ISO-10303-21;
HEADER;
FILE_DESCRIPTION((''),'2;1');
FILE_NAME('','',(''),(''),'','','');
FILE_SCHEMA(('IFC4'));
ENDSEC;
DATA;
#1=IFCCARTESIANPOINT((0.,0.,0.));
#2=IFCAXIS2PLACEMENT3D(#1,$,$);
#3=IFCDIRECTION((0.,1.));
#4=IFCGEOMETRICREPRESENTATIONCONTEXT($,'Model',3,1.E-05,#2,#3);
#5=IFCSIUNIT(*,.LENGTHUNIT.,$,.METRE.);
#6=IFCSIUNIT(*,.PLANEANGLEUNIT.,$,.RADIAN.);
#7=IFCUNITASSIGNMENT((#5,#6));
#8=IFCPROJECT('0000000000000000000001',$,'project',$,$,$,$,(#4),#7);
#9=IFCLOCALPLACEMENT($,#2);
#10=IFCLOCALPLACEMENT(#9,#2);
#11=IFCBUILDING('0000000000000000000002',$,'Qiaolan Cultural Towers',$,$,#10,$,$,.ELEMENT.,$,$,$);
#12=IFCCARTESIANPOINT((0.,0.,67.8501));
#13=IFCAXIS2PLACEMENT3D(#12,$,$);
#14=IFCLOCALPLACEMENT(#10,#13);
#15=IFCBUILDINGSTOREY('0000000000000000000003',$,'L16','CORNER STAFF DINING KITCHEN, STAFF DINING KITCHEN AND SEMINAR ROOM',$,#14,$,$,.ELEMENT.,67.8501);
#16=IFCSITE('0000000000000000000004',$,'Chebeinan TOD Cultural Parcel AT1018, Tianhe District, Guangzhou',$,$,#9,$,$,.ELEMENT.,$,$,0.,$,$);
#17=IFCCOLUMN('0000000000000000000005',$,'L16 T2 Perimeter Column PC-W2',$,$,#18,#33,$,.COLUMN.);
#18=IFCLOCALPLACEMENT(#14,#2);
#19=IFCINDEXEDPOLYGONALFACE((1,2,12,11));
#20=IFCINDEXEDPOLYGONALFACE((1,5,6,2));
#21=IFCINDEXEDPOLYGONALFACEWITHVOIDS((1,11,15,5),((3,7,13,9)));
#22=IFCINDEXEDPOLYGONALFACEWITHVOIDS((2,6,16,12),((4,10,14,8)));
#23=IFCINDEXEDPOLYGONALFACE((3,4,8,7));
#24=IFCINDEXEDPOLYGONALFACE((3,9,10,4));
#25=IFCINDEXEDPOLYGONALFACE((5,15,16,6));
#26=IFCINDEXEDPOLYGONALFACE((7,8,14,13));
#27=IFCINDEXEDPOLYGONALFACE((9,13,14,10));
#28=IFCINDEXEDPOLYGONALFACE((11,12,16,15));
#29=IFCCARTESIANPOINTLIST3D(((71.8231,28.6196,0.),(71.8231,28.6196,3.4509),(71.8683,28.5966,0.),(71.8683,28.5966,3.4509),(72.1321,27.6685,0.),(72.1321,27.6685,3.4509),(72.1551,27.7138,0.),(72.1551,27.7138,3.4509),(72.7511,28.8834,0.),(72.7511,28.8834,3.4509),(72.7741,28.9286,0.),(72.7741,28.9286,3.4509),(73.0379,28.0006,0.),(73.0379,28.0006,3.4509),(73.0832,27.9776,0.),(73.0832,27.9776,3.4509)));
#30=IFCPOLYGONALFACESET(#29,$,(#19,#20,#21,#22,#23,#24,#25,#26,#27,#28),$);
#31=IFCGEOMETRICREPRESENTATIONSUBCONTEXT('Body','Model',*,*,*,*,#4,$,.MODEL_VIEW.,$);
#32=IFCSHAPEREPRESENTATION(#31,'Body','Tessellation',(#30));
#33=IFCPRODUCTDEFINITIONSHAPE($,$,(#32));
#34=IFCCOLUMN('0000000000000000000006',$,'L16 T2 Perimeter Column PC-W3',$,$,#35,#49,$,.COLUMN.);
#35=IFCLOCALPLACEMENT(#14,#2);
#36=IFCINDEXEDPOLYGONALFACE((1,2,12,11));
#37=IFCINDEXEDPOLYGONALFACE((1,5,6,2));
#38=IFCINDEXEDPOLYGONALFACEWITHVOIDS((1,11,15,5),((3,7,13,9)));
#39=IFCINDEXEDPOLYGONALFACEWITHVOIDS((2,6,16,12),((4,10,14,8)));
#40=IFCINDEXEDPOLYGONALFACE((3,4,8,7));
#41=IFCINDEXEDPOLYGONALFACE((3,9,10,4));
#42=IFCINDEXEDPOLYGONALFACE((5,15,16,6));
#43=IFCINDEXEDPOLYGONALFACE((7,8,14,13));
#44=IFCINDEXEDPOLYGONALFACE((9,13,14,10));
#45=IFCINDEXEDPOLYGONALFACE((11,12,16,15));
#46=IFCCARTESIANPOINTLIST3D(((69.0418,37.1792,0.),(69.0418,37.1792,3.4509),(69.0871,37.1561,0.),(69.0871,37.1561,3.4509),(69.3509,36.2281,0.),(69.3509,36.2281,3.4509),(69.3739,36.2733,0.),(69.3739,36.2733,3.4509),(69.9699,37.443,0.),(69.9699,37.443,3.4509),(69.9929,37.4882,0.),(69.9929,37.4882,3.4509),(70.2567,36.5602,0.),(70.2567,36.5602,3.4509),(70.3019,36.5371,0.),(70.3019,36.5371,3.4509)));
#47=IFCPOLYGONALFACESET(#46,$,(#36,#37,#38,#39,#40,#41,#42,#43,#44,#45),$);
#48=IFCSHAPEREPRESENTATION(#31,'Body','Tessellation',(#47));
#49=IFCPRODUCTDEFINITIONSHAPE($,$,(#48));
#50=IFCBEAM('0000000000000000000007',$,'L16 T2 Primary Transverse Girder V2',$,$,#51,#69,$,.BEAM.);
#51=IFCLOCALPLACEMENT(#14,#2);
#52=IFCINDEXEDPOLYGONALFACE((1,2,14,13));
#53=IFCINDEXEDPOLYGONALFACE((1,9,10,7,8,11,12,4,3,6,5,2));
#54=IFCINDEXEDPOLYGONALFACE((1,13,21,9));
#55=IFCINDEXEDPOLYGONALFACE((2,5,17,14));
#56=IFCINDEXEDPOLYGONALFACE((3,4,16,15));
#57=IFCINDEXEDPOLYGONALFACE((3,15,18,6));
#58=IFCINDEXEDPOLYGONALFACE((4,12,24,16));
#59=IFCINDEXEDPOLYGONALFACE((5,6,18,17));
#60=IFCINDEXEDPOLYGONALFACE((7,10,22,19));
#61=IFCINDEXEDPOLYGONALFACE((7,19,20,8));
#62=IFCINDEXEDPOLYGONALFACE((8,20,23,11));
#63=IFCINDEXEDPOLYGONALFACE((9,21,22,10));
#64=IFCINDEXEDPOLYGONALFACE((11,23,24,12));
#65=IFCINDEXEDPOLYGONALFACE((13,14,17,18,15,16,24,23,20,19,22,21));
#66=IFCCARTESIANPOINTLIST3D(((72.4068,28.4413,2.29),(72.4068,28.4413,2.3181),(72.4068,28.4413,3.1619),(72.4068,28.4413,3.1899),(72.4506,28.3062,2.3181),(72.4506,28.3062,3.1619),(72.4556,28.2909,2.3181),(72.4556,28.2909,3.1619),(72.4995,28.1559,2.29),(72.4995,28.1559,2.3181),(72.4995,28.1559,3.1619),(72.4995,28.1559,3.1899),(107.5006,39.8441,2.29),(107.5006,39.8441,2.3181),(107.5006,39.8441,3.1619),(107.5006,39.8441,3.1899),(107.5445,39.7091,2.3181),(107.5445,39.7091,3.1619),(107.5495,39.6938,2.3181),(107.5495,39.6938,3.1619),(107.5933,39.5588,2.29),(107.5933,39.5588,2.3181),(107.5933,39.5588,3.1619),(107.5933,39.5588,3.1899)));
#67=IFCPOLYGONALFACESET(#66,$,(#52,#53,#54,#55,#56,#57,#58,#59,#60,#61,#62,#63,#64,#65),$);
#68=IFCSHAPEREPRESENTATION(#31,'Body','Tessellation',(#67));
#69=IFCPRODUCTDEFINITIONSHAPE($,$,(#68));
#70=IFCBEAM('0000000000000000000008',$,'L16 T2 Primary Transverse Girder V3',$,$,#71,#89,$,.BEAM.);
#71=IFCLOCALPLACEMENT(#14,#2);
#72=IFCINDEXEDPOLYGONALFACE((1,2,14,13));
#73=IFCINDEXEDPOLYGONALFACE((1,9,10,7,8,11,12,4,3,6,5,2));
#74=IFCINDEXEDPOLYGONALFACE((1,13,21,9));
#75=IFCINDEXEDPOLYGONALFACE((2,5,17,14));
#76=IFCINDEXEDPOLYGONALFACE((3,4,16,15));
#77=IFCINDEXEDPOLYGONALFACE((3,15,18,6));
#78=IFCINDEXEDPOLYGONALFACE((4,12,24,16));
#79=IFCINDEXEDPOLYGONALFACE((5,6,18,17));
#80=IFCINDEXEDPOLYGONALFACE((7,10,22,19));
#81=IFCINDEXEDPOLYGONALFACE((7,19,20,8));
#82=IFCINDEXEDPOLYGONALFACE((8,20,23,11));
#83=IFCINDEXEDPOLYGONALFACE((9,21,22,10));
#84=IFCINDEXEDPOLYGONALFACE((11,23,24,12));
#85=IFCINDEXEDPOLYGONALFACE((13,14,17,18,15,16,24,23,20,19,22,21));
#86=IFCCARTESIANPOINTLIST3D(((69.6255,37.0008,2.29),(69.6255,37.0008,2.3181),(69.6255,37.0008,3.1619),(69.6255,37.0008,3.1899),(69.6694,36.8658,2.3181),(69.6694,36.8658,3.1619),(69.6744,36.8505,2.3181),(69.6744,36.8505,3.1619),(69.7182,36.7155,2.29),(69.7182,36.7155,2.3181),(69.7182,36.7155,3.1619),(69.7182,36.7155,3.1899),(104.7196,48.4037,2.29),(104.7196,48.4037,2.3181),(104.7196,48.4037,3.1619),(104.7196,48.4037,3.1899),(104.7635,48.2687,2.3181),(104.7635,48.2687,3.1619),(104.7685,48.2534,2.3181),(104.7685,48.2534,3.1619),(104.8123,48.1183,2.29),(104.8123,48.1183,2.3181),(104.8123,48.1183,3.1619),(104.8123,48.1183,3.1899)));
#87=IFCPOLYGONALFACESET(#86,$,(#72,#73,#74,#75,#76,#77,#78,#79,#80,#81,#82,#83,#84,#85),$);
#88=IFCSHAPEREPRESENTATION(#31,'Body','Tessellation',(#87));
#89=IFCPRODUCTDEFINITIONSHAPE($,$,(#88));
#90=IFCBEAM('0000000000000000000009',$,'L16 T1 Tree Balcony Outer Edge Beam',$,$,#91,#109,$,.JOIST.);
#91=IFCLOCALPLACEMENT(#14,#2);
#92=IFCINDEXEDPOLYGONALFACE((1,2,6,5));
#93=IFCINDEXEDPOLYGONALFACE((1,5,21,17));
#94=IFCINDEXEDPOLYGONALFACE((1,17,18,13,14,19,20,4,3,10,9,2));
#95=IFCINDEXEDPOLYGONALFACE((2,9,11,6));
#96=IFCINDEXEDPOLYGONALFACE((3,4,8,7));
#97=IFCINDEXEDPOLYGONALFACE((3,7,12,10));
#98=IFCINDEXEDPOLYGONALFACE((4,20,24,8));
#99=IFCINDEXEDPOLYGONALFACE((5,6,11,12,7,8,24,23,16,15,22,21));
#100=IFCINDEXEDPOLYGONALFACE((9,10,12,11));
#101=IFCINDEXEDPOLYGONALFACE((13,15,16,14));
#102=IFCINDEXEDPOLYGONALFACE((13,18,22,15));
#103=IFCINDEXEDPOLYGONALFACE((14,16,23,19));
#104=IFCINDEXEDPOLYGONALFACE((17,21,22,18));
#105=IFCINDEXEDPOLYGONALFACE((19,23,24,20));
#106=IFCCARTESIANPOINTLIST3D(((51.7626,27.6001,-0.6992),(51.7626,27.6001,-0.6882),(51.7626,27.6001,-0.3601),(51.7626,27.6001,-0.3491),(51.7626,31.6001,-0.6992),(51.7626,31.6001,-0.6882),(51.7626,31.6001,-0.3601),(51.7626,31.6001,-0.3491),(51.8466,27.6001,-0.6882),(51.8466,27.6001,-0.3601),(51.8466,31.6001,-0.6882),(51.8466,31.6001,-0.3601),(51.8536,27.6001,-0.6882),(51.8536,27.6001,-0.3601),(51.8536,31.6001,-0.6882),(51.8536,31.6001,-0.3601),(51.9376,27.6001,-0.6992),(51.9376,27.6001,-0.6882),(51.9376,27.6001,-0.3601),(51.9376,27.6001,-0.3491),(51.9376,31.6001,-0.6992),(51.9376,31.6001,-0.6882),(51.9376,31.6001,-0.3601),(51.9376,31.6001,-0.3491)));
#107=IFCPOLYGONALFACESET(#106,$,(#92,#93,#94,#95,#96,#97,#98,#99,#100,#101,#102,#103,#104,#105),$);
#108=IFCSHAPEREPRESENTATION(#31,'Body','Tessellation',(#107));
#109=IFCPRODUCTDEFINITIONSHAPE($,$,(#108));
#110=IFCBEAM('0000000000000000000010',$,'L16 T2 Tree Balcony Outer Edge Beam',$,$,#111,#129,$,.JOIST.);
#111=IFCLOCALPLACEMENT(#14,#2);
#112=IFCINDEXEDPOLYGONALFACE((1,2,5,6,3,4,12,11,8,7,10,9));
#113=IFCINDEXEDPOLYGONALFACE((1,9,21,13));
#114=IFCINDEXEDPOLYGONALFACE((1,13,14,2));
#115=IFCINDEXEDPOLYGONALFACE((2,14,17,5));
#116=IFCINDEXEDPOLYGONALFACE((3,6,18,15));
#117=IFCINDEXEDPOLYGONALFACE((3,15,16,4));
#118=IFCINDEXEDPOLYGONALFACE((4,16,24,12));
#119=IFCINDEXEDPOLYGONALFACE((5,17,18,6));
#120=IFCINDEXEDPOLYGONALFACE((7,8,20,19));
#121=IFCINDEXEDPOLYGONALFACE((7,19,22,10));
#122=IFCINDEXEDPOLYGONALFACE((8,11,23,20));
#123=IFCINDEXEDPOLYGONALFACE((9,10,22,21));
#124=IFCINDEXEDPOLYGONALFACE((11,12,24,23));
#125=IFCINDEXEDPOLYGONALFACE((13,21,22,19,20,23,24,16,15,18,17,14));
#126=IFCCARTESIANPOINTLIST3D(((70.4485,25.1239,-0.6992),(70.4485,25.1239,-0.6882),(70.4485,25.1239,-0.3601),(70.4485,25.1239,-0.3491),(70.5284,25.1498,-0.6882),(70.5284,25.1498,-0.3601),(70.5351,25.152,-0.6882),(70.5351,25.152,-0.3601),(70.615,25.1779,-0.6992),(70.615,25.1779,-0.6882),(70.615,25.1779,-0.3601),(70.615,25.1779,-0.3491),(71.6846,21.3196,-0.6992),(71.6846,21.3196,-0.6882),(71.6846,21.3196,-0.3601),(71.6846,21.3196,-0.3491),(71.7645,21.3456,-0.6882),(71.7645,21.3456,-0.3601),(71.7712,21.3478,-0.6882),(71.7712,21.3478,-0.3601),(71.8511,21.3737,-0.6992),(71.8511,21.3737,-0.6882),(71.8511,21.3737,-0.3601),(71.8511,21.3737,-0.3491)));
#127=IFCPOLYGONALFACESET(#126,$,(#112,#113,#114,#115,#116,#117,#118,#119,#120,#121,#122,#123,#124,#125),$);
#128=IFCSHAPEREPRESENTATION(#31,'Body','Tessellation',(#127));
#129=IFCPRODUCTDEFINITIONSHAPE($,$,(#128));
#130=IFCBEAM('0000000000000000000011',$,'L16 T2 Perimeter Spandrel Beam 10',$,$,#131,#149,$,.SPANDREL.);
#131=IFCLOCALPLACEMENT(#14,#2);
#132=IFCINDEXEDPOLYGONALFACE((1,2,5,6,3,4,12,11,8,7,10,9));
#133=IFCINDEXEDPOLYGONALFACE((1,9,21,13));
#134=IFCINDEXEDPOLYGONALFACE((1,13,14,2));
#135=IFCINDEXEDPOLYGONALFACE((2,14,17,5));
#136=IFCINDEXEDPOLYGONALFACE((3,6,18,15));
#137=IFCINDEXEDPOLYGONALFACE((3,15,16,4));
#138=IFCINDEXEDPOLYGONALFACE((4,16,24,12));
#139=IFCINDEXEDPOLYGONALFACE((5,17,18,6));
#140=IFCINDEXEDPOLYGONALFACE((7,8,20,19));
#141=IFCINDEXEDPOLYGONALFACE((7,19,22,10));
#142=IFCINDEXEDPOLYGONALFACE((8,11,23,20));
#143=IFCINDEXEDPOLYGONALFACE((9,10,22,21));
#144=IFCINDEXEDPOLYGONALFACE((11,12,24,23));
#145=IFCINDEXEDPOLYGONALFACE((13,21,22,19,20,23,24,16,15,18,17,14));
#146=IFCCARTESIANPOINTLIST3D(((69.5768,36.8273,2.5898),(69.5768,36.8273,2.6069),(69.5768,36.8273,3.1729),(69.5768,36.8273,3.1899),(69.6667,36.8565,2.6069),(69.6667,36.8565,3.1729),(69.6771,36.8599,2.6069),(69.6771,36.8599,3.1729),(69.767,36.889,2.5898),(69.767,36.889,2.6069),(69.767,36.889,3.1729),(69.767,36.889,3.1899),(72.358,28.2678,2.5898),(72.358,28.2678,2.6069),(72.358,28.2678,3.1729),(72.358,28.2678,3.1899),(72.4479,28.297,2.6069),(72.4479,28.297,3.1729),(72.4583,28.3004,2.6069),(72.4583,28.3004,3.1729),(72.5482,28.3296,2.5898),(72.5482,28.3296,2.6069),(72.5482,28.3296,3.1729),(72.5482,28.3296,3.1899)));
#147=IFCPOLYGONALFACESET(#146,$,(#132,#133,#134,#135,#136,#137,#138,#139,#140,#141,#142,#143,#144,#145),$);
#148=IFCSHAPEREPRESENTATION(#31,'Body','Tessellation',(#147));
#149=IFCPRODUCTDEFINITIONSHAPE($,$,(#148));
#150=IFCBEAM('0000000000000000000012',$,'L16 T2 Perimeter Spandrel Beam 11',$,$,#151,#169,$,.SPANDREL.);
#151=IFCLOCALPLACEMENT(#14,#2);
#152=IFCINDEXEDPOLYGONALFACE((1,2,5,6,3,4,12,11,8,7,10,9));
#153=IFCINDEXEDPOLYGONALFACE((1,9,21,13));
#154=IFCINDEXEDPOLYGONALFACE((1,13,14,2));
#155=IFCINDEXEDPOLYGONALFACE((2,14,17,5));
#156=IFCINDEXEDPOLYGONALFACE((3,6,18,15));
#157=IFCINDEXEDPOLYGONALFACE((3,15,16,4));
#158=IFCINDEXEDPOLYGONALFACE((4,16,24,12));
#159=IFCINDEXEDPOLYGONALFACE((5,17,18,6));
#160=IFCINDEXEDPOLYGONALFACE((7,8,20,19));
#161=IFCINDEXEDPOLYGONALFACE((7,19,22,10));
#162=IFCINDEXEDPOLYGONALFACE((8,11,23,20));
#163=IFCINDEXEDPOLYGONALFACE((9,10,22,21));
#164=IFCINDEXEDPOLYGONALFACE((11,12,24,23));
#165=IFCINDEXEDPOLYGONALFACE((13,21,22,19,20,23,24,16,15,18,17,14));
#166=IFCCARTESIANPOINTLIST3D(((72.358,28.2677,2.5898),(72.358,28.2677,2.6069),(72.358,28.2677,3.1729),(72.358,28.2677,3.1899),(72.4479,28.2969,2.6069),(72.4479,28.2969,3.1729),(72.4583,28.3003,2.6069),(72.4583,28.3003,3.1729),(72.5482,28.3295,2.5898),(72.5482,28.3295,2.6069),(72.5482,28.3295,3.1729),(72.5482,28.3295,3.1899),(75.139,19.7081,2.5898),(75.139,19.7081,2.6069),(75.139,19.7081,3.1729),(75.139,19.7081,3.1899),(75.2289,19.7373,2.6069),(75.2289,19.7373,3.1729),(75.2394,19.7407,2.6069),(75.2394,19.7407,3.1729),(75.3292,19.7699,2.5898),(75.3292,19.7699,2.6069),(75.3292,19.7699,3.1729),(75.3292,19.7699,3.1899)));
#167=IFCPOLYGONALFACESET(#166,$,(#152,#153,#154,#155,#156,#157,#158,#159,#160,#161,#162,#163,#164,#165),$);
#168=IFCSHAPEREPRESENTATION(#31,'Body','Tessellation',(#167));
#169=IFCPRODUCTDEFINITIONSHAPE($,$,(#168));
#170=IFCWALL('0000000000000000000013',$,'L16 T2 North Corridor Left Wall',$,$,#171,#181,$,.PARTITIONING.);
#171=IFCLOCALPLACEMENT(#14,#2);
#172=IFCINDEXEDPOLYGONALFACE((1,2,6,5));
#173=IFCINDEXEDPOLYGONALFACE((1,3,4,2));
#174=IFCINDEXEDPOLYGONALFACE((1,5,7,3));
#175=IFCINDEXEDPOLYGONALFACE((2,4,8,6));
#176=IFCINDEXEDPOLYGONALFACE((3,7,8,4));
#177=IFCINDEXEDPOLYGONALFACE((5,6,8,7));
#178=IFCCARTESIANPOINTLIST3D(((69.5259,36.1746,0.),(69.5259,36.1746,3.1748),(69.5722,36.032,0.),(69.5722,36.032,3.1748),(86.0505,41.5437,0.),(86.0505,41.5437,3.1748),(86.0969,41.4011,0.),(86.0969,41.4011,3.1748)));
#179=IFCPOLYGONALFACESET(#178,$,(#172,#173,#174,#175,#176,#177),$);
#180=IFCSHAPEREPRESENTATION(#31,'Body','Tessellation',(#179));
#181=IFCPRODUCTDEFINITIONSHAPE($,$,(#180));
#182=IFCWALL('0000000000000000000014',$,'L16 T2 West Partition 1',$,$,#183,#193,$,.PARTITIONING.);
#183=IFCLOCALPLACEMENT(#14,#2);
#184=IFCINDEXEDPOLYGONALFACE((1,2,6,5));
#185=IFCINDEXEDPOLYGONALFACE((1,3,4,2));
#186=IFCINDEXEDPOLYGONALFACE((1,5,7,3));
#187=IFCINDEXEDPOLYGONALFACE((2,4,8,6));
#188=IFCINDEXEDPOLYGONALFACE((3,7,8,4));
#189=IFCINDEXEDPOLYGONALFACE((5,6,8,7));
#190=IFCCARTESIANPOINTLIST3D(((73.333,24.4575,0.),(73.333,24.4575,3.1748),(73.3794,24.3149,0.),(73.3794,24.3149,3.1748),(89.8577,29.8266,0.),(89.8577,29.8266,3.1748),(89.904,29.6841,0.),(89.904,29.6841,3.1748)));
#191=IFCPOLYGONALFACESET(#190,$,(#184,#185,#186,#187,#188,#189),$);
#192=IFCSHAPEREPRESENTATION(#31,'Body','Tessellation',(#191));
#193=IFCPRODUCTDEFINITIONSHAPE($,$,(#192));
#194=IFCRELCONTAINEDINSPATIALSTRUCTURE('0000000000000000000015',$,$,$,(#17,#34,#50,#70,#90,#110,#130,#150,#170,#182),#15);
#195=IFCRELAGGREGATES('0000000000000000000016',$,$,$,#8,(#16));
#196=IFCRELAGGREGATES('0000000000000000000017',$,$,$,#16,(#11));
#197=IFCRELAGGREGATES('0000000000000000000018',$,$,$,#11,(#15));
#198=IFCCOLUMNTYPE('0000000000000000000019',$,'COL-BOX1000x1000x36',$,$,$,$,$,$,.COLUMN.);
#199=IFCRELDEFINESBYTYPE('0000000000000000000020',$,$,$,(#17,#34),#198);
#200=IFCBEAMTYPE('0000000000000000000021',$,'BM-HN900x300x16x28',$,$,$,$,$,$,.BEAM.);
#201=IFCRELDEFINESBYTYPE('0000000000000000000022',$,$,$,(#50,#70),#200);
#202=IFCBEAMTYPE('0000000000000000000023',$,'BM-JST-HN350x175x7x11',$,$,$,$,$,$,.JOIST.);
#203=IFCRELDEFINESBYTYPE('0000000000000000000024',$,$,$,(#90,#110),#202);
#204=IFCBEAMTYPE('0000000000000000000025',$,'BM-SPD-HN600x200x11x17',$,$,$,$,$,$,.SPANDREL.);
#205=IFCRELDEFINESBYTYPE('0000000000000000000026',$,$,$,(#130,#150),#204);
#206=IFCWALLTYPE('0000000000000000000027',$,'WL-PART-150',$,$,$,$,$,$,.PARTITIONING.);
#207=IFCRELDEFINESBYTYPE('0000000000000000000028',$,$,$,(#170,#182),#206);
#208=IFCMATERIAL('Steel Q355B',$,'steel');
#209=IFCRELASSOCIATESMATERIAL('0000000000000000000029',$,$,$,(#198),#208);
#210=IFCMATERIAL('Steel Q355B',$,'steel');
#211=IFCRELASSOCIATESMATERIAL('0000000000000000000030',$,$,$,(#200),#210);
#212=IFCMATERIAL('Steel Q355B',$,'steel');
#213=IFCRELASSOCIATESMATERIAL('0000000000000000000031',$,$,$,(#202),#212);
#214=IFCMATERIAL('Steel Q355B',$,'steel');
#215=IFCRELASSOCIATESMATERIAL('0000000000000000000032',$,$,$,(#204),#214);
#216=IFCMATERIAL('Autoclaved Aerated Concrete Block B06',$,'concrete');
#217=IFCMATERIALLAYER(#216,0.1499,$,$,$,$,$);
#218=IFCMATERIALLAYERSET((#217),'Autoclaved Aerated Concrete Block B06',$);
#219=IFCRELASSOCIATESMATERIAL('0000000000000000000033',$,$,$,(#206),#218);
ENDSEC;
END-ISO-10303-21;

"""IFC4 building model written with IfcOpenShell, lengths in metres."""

from ifc_helpers import new_model, si_unit, direction, frame, frame_2d, origin, origin_2d, place, context, subcontext, project, spatial, rectangle, hollow_rectangle, i_section, extrude, material, layer, layer_set, material_profile, profile_set, type_object, element, save


model = new_model("IFC4")

# Units and contexts
model_context = context("Model", 3, precision=1e-05, world=origin(), true_north=direction((0.0, 1.0)))
body_context = subcontext(model_context, "Body", "Model", "MODEL_VIEW")
ifc_project = project(units=[si_unit("LENGTHUNIT", "METRE"), si_unit("PLANEANGLEUNIT", "RADIAN")], contexts=[model_context])

# Site, building, storey
site_placement = place(None, origin())
site = spatial("IfcSite", under=ifc_project, at=site_placement, Name="Chebeinan TOD Cultural Parcel AT1018, Tianhe District, Guangzhou", CompositionType="ELEMENT", RefElevation=0.0)
building_placement = place(site_placement, origin())
building = spatial("IfcBuilding", under=site, at=building_placement, Name="Qiaolan Cultural Towers", CompositionType="ELEMENT")
storey_placement = place(building_placement, frame((0.0, 0.0, 67.8501)))
storey = spatial("IfcBuildingStorey", under=building, at=storey_placement, Name="L16", Description="CORNER STAFF DINING KITCHEN, STAFF DINING KITCHEN AND SEMINAR ROOM", CompositionType="ELEMENT", Elevation=67.8501)

# Columns
ifc_material_1 = material(Name="Steel Q355B", Category="steel")
ifc_material_profile_1 = material_profile(ifc_material_1, hollow_rectangle(XDim=1.0, YDim=1.0, WallThickness=0.0359, at=origin_2d()), Name="BOX1000x1000x36")
ifc_profile_set_1 = profile_set([ifc_material_profile_1], Name="Steel Q355B")
column_type = type_object("IfcColumnType", Name="COL-BOX1000x1000x36", PredefinedType="COLUMN", material=ifc_profile_set_1)
for number, where, z_axis, x_axis, name in (
    (1, (72.4531, 28.2986, 0.0), (0.0, 0.0, 1.0), (0.951057, 0.309017, 0.0), "L16 T2 Perimeter Column PC-W2"),
    (2, (69.6719, 36.8582, 0.0), (0.0, 0.0, 1.0), (0.951057, 0.309017, 0.0), "L16 T2 Perimeter Column PC-W3"),
):
    element("IfcColumn", number, at=place(storey_placement, frame(where, z_axis=z_axis, x_axis=x_axis)), inside=storey, type_object=column_type, Name=name, PredefinedType="COLUMN", context=body_context, shape_type="SweptSolid", body=[
        extrude(hollow_rectangle(XDim=1.0, YDim=1.0, WallThickness=0.0359, at=origin_2d()), origin(), (0.0, 0.0, 1.0), 3.4509),
    ])

# Beams
ifc_material_2 = material(Name="Steel Q355B", Category="steel")
ifc_material_profile_2 = material_profile(ifc_material_2, i_section(OverallWidth=0.3, OverallDepth=0.8999, WebThickness=0.0161, FlangeThickness=0.0281, at=origin_2d()), Name="HN900x300x16x28")
ifc_profile_set_2 = profile_set([ifc_material_profile_2], Name="Steel Q355B")
beam_type_1 = type_object("IfcBeamType", Name="BM-HN900x300x16x28", PredefinedType="BEAM", material=ifc_profile_set_2)
beam_1_placement = place(storey_placement, frame((72.4531, 28.2986, 2.74), z_axis=(0.951055, 0.309021, 0.0), x_axis=(-0.309021, 0.951055, 0.0)))
element("IfcBeam", 3, at=beam_1_placement, inside=storey, type_object=beam_type_1, Name="L16 T2 Primary Transverse Girder V2", PredefinedType="BEAM", context=body_context, shape_type="SweptSolid", body=[
    extrude(i_section(OverallWidth=0.3, OverallDepth=0.8999, WebThickness=0.0161, FlangeThickness=0.0281, at=origin_2d()), origin(), (0.0, 0.0, 1.0), 36.8999),
])
beam_2_placement = place(storey_placement, frame((69.6719, 36.8582, 2.74), z_axis=(0.951056, 0.309019, 0.0), x_axis=(-0.309019, 0.951056, 0.0)))
element("IfcBeam", 4, at=beam_2_placement, inside=storey, type_object=beam_type_1, Name="L16 T2 Primary Transverse Girder V3", PredefinedType="BEAM", context=body_context, shape_type="SweptSolid", body=[
    extrude(i_section(OverallWidth=0.3, OverallDepth=0.8999, WebThickness=0.0161, FlangeThickness=0.0281, at=origin_2d()), origin(), (0.0, 0.0, 1.0), 36.9001),
])
ifc_material_3 = material(Name="Steel Q355B", Category="steel")
ifc_material_profile_3 = material_profile(ifc_material_3, i_section(OverallWidth=0.175, OverallDepth=0.3501, WebThickness=0.0071, FlangeThickness=0.011, at=origin_2d()), Name="HN350x175x7x11")
ifc_profile_set_3 = profile_set([ifc_material_profile_3], Name="Steel Q355B")
beam_type_2 = type_object("IfcBeamType", Name="BM-JST-HN350x175x7x11", PredefinedType="JOIST", material=ifc_profile_set_3)
for number, where, z_axis, x_axis, name in (
    (5, (51.8501, 27.6001, -0.5242), (0.0, 1.0, 0.0), (-1.0, 0.0, 0.0), "L16 T1 Tree Balcony Outer Edge Beam"),
    (6, (71.7678, 21.3467, -0.5242), (-0.309023, 0.951055, 0.0), (-0.951055, -0.309023, 0.0), "L16 T2 Tree Balcony Outer Edge Beam"),
):
    element("IfcBeam", number, at=place(storey_placement, frame(where, z_axis=z_axis, x_axis=x_axis)), inside=storey, type_object=beam_type_2, Name=name, PredefinedType="JOIST", context=body_context, shape_type="SweptSolid", body=[
        extrude(i_section(OverallWidth=0.175, OverallDepth=0.3501, WebThickness=0.0071, FlangeThickness=0.011, at=origin_2d()), origin(), (0.0, 0.0, 1.0), 4.0),
    ])
ifc_material_4 = material(Name="Steel Q355B", Category="steel")
ifc_material_profile_4 = material_profile(ifc_material_4, i_section(OverallWidth=0.2, OverallDepth=0.6001, WebThickness=0.011, FlangeThickness=0.0171, at=origin_2d()), Name="HN600x200x11x17")
ifc_profile_set_4 = profile_set([ifc_material_profile_4], Name="Steel Q355B")
beam_type_3 = type_object("IfcBeamType", Name="BM-SPD-HN600x200x11x17", PredefinedType="SPANDREL", material=ifc_profile_set_4)
for number, where, z_axis, x_axis, name in (
    (7, (69.6719, 36.8582, 2.8899), (0.309025, -0.951054, 0.0), (0.951054, 0.309025, 0.0), "L16 T2 Perimeter Spandrel Beam 10"),
    (8, (72.4531, 28.2986, 2.8899), (0.309, -0.951062, 0.0), (0.951062, 0.309, 0.0), "L16 T2 Perimeter Spandrel Beam 11"),
):
    element("IfcBeam", number, at=place(storey_placement, frame(where, z_axis=z_axis, x_axis=x_axis)), inside=storey, type_object=beam_type_3, Name=name, PredefinedType="SPANDREL", context=body_context, shape_type="SweptSolid", body=[
        extrude(i_section(OverallWidth=0.2, OverallDepth=0.6001, WebThickness=0.011, FlangeThickness=0.0171, at=origin_2d()), origin(), (0.0, 0.0, 1.0), 9.0),
    ])

# Walls
ifc_material_5 = material(Name="Autoclaved Aerated Concrete Block B06", Category="concrete")
ifc_layer_1 = layer(ifc_material_5, 0.1499)
ifc_layer_set_1 = layer_set([ifc_layer_1], Name="Autoclaved Aerated Concrete Block B06")
wall_type_1 = type_object("IfcWallType", Name="WL-PART-150", PredefinedType="PARTITIONING", material=ifc_layer_set_1)
for number, where, z_axis, x_axis, name in (
    (9, (69.5491, 36.1033, 0.0), (0.0, 0.0, 1.0), (0.951057, 0.309015, 0.0), "L16 T2 North Corridor Left Wall"),
    (10, (73.3562, 24.3862, 0.0), (0.0, 0.0, 1.0), (0.951057, 0.309015, 0.0), "L16 T2 West Partition 1"),
):
    element("IfcWall", number, at=place(storey_placement, frame(where, z_axis=z_axis, x_axis=x_axis)), inside=storey, type_object=wall_type_1, Name=name, PredefinedType="PARTITIONING", context=body_context, shape_type="SweptSolid", body=[
        extrude(rectangle(XDim=17.375, YDim=0.1499, at=frame_2d((8.6875, 0.0))), origin(), (0.0, 0.0, 1.0), 3.1748),
    ])

save(model, "model.ifc")
